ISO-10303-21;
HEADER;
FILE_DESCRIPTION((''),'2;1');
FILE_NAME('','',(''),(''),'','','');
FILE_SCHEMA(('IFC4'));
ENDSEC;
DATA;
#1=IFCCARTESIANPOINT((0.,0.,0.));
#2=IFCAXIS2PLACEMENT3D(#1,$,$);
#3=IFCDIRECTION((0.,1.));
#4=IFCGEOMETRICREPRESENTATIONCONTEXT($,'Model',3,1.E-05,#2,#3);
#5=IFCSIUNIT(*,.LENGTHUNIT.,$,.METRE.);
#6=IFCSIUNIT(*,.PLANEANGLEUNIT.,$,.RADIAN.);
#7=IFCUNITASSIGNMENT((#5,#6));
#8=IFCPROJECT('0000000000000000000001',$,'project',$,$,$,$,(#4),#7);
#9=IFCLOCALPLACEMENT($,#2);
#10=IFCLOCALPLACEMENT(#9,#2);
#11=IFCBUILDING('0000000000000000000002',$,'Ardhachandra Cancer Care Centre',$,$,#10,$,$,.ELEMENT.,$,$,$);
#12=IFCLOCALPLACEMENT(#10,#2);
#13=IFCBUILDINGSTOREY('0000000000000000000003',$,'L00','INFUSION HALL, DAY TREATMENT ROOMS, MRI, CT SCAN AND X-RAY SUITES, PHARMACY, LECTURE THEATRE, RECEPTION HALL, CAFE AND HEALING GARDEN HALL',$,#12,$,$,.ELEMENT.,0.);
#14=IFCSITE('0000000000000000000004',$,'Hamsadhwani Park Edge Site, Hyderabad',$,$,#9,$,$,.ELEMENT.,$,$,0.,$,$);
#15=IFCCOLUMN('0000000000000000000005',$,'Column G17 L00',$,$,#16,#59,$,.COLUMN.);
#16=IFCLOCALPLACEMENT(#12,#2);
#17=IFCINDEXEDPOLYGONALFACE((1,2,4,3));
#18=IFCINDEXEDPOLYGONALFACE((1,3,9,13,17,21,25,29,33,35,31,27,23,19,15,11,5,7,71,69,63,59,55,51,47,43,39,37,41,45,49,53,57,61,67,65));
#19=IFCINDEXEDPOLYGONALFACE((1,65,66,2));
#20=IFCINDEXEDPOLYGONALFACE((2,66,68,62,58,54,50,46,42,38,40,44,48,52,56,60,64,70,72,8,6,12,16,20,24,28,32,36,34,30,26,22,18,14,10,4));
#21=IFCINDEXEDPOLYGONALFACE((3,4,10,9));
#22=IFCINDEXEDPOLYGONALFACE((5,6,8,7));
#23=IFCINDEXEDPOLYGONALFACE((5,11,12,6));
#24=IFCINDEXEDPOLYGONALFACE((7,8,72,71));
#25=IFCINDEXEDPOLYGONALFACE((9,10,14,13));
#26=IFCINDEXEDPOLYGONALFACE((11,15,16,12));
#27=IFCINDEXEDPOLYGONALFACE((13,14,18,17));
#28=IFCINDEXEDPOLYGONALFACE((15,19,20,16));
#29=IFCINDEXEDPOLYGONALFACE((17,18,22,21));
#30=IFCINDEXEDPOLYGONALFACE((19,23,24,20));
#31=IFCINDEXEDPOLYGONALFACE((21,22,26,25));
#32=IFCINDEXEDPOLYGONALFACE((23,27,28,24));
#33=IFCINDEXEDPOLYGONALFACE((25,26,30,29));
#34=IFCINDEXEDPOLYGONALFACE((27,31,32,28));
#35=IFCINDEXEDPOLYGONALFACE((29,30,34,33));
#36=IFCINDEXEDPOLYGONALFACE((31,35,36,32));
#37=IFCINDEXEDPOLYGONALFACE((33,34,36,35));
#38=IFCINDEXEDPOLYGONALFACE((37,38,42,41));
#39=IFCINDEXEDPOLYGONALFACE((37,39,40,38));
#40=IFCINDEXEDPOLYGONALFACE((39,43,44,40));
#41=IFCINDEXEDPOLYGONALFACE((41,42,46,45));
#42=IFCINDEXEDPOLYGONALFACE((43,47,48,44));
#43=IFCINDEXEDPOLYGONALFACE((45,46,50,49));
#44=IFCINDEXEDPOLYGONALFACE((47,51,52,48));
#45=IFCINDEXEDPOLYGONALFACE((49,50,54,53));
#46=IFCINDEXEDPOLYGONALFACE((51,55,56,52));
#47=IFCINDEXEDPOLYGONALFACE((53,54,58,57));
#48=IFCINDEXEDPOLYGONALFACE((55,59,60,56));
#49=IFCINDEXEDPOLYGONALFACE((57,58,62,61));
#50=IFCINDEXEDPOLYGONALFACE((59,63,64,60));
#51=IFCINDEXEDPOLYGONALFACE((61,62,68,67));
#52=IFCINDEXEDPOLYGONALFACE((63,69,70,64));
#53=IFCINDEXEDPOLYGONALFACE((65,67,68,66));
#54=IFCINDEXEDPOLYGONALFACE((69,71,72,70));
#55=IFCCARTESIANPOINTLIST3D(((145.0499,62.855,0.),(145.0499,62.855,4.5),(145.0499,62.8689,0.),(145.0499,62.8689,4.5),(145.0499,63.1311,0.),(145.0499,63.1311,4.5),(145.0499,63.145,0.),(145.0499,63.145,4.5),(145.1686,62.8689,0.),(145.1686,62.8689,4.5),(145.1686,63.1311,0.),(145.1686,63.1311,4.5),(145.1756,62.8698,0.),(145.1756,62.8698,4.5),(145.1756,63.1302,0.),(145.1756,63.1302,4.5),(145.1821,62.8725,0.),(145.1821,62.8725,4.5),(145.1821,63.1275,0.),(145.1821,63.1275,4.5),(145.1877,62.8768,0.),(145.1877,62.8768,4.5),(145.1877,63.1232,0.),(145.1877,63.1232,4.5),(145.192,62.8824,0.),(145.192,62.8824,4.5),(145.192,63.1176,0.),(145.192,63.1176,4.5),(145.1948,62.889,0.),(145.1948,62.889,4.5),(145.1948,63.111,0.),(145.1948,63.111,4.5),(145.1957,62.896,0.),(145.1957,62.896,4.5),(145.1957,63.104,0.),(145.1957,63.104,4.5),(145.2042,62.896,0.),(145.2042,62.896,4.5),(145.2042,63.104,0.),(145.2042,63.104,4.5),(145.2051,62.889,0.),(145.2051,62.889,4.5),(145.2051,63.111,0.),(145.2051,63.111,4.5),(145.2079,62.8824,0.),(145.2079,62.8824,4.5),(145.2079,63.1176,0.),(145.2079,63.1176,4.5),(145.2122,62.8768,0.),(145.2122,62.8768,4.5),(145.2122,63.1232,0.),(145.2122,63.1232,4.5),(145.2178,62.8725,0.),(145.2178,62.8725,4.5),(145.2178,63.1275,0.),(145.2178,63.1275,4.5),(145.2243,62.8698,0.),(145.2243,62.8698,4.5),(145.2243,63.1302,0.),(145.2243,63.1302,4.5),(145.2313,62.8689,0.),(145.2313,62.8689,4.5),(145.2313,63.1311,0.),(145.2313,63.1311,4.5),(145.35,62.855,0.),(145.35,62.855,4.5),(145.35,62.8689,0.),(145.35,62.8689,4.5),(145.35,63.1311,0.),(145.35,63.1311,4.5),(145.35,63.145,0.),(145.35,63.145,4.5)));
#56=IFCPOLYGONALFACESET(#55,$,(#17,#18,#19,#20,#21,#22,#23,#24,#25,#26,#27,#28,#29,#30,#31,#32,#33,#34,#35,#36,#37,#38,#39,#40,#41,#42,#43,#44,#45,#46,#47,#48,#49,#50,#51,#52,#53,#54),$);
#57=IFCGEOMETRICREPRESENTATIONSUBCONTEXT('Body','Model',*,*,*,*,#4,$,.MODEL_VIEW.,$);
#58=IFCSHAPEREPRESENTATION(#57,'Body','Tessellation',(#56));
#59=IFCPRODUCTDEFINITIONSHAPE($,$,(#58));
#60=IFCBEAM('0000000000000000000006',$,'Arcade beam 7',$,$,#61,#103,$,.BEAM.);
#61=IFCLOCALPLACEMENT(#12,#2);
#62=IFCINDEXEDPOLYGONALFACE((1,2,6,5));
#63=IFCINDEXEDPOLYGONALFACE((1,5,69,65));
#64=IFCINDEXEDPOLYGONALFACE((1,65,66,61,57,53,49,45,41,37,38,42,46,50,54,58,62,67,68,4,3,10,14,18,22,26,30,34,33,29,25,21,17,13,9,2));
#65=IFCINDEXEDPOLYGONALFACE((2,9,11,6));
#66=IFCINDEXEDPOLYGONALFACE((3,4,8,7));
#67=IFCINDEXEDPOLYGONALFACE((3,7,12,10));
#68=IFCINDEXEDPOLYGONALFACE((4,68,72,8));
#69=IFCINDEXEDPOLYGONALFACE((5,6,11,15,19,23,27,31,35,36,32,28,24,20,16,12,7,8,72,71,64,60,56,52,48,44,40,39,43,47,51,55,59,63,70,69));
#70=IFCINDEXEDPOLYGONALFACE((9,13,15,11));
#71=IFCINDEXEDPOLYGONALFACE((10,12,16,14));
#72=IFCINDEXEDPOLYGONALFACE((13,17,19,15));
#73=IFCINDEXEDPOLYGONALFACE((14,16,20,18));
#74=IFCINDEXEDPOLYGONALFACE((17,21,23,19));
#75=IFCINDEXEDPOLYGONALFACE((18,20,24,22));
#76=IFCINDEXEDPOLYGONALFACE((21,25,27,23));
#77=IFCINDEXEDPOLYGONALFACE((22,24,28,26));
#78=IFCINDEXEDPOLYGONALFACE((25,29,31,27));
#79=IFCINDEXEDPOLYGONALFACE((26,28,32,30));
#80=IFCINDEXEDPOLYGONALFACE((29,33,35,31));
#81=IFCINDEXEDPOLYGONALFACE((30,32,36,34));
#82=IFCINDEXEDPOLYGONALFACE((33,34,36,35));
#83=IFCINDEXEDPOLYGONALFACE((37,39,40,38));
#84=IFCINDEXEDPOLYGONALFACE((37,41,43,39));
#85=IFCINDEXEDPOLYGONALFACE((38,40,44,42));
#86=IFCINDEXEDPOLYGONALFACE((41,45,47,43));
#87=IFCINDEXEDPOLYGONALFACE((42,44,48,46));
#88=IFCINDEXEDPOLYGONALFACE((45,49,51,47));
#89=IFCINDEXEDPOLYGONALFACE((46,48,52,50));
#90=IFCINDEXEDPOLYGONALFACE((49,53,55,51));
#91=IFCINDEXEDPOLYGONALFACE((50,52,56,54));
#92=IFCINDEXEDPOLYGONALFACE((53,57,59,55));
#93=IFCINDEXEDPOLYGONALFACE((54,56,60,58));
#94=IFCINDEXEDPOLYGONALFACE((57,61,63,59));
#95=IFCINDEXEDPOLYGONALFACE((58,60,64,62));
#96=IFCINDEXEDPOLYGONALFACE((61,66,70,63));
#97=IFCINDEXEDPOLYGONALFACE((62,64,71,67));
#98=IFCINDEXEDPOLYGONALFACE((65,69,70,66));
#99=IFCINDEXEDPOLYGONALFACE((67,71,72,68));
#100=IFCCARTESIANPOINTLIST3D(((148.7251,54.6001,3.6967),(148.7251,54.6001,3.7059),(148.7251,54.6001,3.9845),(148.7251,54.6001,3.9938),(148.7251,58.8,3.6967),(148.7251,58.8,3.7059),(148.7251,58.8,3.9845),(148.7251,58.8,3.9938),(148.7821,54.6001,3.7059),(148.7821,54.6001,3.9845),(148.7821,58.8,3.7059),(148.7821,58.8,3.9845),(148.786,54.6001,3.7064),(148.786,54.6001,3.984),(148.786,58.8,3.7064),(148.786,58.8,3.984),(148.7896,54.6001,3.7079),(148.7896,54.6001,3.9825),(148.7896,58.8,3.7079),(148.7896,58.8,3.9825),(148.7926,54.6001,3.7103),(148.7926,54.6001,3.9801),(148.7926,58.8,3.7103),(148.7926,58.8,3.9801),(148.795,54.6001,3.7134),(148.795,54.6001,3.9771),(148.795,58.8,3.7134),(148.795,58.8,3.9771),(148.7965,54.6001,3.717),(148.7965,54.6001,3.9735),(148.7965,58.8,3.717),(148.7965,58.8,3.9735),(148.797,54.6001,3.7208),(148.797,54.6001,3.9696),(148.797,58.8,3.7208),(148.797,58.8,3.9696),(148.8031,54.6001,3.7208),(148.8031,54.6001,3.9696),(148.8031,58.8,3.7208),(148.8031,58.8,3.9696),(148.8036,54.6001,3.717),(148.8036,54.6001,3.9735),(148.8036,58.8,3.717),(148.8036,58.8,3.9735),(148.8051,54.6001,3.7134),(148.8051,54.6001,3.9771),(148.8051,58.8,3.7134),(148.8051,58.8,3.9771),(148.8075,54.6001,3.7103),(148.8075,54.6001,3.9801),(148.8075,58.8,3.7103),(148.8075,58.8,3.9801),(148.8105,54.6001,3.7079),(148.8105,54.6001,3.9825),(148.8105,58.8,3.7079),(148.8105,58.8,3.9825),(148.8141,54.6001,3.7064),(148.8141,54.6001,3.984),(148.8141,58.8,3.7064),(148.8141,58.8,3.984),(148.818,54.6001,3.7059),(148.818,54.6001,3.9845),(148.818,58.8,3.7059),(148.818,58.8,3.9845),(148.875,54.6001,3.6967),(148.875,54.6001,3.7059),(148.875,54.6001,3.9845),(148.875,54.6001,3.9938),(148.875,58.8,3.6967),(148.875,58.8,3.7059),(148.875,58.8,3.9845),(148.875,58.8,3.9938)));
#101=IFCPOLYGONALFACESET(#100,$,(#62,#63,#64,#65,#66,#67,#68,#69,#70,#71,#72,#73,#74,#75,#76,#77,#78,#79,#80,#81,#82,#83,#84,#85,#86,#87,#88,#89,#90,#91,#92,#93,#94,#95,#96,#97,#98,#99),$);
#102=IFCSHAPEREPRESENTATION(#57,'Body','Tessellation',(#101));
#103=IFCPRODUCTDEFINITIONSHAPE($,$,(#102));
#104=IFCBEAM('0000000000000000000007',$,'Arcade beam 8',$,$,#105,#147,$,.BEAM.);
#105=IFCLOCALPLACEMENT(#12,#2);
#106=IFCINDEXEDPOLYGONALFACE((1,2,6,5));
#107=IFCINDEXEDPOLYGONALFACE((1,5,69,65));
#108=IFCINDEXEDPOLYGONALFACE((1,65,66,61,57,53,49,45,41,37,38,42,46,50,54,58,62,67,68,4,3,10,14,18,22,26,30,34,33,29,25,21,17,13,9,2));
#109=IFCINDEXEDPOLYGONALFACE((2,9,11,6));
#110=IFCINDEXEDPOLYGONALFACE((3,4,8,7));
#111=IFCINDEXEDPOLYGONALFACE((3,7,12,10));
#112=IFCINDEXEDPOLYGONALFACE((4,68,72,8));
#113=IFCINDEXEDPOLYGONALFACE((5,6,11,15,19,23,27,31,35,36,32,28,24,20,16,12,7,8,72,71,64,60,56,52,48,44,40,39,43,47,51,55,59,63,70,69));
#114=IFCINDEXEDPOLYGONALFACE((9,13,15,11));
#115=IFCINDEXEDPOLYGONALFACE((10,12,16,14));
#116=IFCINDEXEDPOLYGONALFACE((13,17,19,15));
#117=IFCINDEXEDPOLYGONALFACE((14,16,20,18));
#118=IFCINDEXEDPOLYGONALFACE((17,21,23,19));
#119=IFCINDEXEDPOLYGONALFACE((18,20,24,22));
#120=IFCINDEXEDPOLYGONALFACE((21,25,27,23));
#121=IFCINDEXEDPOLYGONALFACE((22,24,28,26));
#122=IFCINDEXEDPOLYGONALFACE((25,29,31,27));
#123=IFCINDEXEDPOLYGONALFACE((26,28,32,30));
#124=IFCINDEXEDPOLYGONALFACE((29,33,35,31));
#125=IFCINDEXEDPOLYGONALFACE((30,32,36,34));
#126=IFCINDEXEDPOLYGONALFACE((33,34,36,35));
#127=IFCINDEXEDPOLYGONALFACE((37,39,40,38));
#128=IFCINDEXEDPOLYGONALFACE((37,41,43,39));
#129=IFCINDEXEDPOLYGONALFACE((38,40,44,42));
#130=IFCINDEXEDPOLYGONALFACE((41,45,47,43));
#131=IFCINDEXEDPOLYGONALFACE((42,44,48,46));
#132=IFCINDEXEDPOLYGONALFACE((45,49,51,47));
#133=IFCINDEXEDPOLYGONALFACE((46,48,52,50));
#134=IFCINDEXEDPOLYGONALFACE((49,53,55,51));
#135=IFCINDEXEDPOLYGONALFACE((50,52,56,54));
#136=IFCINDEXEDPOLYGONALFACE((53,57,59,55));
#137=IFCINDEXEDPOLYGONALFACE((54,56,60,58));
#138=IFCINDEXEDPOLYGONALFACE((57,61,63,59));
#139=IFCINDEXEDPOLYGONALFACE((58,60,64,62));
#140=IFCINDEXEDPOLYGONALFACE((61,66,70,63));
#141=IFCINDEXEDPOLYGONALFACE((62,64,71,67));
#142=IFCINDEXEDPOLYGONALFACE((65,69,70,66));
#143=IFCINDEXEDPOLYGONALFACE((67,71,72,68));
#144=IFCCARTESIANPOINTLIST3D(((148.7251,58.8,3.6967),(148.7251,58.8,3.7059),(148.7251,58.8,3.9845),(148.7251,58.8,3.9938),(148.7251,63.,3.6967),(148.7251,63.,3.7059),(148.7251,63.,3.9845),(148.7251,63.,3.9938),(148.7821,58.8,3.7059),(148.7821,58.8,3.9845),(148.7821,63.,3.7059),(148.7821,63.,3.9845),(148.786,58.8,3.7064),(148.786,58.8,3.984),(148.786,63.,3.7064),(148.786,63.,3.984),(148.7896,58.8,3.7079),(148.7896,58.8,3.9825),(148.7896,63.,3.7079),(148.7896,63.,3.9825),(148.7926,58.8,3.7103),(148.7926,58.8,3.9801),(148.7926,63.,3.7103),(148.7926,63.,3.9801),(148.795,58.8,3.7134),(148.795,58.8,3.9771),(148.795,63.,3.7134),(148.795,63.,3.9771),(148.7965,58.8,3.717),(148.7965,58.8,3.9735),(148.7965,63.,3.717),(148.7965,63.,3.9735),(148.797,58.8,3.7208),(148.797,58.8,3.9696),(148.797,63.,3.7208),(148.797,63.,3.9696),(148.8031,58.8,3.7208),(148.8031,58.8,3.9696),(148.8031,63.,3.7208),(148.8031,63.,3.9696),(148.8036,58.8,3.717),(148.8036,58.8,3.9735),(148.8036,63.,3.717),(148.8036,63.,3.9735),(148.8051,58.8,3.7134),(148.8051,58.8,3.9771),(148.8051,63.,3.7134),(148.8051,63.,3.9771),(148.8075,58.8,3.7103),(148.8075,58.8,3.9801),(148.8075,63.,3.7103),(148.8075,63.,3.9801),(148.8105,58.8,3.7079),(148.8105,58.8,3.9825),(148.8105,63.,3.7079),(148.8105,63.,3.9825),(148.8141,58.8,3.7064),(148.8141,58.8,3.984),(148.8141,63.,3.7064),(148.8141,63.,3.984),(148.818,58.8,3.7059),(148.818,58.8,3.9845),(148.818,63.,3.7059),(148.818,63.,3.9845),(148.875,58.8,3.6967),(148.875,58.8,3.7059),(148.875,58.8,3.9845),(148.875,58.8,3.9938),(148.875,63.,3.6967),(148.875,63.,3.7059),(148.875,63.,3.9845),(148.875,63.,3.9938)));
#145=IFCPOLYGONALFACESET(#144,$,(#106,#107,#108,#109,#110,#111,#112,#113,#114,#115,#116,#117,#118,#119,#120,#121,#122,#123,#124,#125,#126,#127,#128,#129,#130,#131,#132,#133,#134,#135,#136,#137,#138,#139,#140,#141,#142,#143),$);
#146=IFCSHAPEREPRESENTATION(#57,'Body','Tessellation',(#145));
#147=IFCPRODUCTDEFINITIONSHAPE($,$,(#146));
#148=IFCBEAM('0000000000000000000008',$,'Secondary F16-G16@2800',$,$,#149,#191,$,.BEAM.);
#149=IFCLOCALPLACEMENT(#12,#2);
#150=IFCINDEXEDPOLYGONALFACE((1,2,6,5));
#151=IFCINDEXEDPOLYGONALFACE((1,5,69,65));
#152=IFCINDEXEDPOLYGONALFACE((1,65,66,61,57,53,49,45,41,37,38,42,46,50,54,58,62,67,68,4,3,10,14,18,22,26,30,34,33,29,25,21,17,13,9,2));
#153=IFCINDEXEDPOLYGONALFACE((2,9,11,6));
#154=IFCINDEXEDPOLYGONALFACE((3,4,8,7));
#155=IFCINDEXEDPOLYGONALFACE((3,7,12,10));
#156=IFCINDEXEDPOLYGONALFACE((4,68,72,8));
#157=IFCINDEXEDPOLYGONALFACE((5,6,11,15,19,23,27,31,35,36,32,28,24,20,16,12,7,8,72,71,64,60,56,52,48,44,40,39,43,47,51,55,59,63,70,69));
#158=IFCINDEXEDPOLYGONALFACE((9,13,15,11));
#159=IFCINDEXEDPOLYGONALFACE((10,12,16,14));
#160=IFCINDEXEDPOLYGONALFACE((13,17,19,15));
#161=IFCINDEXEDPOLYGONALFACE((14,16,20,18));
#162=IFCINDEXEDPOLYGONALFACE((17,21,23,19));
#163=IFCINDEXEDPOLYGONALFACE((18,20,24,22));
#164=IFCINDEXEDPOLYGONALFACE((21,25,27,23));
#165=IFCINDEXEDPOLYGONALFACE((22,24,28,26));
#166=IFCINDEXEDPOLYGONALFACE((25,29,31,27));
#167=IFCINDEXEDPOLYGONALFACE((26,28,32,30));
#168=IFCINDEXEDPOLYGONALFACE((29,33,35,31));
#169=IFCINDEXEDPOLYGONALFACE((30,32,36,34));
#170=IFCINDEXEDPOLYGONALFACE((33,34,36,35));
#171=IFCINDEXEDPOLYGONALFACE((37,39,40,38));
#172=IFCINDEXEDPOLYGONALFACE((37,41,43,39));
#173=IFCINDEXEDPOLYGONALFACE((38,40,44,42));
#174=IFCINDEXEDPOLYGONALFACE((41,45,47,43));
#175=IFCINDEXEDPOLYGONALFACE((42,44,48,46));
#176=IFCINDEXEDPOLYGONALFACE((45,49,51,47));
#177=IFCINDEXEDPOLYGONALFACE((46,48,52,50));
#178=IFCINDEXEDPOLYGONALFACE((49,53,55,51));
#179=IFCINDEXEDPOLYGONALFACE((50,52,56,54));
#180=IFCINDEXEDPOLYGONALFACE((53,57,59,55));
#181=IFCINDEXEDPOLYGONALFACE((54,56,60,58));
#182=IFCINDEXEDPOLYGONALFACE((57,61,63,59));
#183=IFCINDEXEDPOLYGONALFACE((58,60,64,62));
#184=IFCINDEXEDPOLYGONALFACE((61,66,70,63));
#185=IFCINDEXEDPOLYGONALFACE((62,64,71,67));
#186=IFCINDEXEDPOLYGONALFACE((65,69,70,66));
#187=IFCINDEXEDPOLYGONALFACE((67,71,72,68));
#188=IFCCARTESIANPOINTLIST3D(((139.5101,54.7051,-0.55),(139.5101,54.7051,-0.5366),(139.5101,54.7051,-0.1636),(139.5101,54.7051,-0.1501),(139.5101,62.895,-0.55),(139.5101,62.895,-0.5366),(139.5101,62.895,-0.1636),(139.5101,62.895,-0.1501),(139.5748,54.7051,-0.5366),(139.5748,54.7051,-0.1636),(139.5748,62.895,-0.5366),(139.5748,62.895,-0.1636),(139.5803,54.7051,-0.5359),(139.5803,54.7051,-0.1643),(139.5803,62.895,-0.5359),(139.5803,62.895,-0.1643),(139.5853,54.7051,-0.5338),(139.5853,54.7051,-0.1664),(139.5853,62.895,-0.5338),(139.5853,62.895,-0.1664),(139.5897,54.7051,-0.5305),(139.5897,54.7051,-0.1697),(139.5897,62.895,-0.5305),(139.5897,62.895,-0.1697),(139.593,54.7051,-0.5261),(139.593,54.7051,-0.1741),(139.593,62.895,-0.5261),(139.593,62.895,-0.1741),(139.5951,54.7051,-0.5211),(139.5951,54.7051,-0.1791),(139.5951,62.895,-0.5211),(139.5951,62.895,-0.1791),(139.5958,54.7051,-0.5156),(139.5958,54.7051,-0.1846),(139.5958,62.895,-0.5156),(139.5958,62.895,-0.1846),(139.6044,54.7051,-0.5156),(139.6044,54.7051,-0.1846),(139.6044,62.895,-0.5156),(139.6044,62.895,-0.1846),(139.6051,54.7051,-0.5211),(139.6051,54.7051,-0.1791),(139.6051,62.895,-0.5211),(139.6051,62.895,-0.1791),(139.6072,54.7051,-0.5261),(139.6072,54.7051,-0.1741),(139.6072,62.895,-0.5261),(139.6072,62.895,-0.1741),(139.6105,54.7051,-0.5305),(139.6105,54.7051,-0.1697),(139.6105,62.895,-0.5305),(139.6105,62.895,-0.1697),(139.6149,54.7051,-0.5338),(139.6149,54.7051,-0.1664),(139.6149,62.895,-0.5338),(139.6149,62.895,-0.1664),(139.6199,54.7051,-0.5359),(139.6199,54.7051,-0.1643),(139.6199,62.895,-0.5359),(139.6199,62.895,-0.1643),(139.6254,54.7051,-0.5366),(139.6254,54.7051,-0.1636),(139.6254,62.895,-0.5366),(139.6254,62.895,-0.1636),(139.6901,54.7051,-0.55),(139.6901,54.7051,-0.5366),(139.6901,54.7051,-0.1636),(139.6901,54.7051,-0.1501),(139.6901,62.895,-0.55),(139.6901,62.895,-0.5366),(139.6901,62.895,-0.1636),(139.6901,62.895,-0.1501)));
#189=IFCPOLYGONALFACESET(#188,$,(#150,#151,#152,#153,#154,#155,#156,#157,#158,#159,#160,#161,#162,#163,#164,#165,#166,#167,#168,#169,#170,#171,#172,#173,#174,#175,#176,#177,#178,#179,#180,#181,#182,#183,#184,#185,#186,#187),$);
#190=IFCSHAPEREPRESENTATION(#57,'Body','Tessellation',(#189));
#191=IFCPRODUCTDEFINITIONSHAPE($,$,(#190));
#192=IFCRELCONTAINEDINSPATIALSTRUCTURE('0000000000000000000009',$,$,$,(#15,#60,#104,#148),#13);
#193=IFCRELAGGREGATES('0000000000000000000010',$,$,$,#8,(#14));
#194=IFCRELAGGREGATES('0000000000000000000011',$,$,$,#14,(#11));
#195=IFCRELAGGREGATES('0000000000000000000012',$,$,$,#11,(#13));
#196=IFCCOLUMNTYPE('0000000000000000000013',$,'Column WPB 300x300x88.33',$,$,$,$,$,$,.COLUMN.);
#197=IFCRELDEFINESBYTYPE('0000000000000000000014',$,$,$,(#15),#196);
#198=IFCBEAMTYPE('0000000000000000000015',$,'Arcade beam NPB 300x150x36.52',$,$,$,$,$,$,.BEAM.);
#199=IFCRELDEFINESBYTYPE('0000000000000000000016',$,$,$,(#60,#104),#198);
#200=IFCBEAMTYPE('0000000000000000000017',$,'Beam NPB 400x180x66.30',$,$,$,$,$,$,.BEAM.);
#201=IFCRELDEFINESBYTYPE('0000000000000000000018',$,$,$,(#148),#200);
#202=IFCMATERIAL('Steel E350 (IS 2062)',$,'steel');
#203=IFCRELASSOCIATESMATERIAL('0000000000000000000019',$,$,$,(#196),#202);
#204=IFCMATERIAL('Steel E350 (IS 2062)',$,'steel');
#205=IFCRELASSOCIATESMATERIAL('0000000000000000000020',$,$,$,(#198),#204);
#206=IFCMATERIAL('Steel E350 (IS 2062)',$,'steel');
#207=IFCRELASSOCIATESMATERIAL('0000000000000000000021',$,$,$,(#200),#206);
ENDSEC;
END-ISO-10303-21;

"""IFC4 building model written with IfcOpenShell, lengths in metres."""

from ifc_helpers import new_model, si_unit, direction, frame, origin, origin_2d, place, context, subcontext, project, spatial, i_section, extrude, material, material_profile, profile_set, type_object, element, save


model = new_model("IFC4")

# Units and contexts
model_context = context("Model", 3, precision=1e-05, world=origin(), true_north=direction((0.0, 1.0)))
body_context = subcontext(model_context, "Body", "Model", "MODEL_VIEW")
ifc_project = project(units=[si_unit("LENGTHUNIT", "METRE"), si_unit("PLANEANGLEUNIT", "RADIAN")], contexts=[model_context])

# Site, building, storey
site_placement = place(None, origin())
site = spatial("IfcSite", under=ifc_project, at=site_placement, Name="Hamsadhwani Park Edge Site, Hyderabad", CompositionType="ELEMENT", RefElevation=0.0)
building_placement = place(site_placement, origin())
building = spatial("IfcBuilding", under=site, at=building_placement, Name="Ardhachandra Cancer Care Centre", CompositionType="ELEMENT")
storey_placement = place(building_placement, origin())
storey = spatial("IfcBuildingStorey", under=building, at=storey_placement, Name="L00", Description="INFUSION HALL, DAY TREATMENT ROOMS, MRI, CT SCAN AND X-RAY SUITES, PHARMACY, LECTURE THEATRE, RECEPTION HALL, CAFE AND HEALING GARDEN HALL", CompositionType="ELEMENT", Elevation=0.0)

# Column
ifc_material_1 = material(Name="Steel E350 (IS 2062)", Category="steel")
ifc_material_profile_1 = material_profile(ifc_material_1, i_section(OverallWidth=0.3, OverallDepth=0.29, WebThickness=0.0085, FlangeThickness=0.0139, FilletRadius=0.0271, at=origin_2d()), Name="WPB 300x300x88.33")
ifc_profile_set_1 = profile_set([ifc_material_profile_1], Name="Steel E350 (IS 2062)")
column_type_1 = type_object("IfcColumnType", Name="Column WPB 300x300x88.33", PredefinedType="COLUMN", material=ifc_profile_set_1)
for number, where, z_axis, x_axis, name in (
    (1, (145.2, 63.0, 0.0), (0.0, 0.0, 1.0), (1.0, 0.0, 0.0), "Column G17 L00"),
):
    element("IfcColumn", number, at=place(storey_placement, frame(where, z_axis=z_axis, x_axis=x_axis)), inside=storey, type_object=column_type_1, Name=name, PredefinedType="COLUMN", context=body_context, shape_type="SweptSolid", body=[
        extrude(i_section(OverallWidth=0.3, OverallDepth=0.29, WebThickness=0.0085, FlangeThickness=0.0139, FilletRadius=0.0271, at=origin_2d()), origin(), (0.0, 0.0, 1.0), 4.5),
    ])

# Beams
ifc_material_2 = material(Name="Steel E350 (IS 2062)", Category="steel")
ifc_material_profile_2 = material_profile(ifc_material_2, i_section(OverallWidth=0.1499, OverallDepth=0.2971, WebThickness=0.0061, FlangeThickness=0.0093, FilletRadius=0.0149, at=origin_2d()), Name="NPB 300x150x36.52")
ifc_profile_set_2 = profile_set([ifc_material_profile_2], Name="Steel E350 (IS 2062)")
beam_type_1 = type_object("IfcBeamType", Name="Arcade beam NPB 300x150x36.52", PredefinedType="BEAM", material=ifc_profile_set_2)
for number, where, z_axis, x_axis, name in (
    (2, (148.8, 54.6001, 3.8452), (0.0, 1.0, 0.0), (-1.0, 0.0, 0.0), "Arcade beam 7"),
    (3, (148.8, 58.8, 3.8452), (0.0, 1.0, 0.0), (-1.0, 0.0, 0.0), "Arcade beam 8"),
):
    element("IfcBeam", number, at=place(storey_placement, frame(where, z_axis=z_axis, x_axis=x_axis)), inside=storey, type_object=beam_type_1, Name=name, PredefinedType="BEAM", context=body_context, shape_type="SweptSolid", body=[
        extrude(i_section(OverallWidth=0.1499, OverallDepth=0.2971, WebThickness=0.0061, FlangeThickness=0.0093, FilletRadius=0.0149, at=origin_2d()), origin(), (0.0, 0.0, 1.0), 4.2),
    ])
ifc_material_3 = material(Name="Steel E350 (IS 2062)", Category="steel")
ifc_material_profile_3 = material_profile(ifc_material_3, i_section(OverallWidth=0.1799, OverallDepth=0.3999, WebThickness=0.0085, FlangeThickness=0.0134, FilletRadius=0.021, at=origin_2d()), Name="NPB 400x180x66.30")
ifc_profile_set_3 = profile_set([ifc_material_profile_3], Name="Steel E350 (IS 2062)")
beam_type_2 = type_object("IfcBeamType", Name="Beam NPB 400x180x66.30", PredefinedType="BEAM", material=ifc_profile_set_3)
for number, where, z_axis, x_axis, name in (
    (4, (139.6001, 54.7051, -0.3501), (0.0, 1.0, 0.0), (-1.0, 0.0, 0.0), "Secondary F16-G16@2800"),
):
    element("IfcBeam", number, at=place(storey_placement, frame(where, z_axis=z_axis, x_axis=x_axis)), inside=storey, type_object=beam_type_2, Name=name, PredefinedType="BEAM", context=body_context, shape_type="SweptSolid", body=[
        extrude(i_section(OverallWidth=0.1799, OverallDepth=0.3999, WebThickness=0.0085, FlangeThickness=0.0134, FilletRadius=0.021, at=origin_2d()), origin(), (0.0, 0.0, 1.0), 8.1899),
    ])

save(model, "model.ifc")
